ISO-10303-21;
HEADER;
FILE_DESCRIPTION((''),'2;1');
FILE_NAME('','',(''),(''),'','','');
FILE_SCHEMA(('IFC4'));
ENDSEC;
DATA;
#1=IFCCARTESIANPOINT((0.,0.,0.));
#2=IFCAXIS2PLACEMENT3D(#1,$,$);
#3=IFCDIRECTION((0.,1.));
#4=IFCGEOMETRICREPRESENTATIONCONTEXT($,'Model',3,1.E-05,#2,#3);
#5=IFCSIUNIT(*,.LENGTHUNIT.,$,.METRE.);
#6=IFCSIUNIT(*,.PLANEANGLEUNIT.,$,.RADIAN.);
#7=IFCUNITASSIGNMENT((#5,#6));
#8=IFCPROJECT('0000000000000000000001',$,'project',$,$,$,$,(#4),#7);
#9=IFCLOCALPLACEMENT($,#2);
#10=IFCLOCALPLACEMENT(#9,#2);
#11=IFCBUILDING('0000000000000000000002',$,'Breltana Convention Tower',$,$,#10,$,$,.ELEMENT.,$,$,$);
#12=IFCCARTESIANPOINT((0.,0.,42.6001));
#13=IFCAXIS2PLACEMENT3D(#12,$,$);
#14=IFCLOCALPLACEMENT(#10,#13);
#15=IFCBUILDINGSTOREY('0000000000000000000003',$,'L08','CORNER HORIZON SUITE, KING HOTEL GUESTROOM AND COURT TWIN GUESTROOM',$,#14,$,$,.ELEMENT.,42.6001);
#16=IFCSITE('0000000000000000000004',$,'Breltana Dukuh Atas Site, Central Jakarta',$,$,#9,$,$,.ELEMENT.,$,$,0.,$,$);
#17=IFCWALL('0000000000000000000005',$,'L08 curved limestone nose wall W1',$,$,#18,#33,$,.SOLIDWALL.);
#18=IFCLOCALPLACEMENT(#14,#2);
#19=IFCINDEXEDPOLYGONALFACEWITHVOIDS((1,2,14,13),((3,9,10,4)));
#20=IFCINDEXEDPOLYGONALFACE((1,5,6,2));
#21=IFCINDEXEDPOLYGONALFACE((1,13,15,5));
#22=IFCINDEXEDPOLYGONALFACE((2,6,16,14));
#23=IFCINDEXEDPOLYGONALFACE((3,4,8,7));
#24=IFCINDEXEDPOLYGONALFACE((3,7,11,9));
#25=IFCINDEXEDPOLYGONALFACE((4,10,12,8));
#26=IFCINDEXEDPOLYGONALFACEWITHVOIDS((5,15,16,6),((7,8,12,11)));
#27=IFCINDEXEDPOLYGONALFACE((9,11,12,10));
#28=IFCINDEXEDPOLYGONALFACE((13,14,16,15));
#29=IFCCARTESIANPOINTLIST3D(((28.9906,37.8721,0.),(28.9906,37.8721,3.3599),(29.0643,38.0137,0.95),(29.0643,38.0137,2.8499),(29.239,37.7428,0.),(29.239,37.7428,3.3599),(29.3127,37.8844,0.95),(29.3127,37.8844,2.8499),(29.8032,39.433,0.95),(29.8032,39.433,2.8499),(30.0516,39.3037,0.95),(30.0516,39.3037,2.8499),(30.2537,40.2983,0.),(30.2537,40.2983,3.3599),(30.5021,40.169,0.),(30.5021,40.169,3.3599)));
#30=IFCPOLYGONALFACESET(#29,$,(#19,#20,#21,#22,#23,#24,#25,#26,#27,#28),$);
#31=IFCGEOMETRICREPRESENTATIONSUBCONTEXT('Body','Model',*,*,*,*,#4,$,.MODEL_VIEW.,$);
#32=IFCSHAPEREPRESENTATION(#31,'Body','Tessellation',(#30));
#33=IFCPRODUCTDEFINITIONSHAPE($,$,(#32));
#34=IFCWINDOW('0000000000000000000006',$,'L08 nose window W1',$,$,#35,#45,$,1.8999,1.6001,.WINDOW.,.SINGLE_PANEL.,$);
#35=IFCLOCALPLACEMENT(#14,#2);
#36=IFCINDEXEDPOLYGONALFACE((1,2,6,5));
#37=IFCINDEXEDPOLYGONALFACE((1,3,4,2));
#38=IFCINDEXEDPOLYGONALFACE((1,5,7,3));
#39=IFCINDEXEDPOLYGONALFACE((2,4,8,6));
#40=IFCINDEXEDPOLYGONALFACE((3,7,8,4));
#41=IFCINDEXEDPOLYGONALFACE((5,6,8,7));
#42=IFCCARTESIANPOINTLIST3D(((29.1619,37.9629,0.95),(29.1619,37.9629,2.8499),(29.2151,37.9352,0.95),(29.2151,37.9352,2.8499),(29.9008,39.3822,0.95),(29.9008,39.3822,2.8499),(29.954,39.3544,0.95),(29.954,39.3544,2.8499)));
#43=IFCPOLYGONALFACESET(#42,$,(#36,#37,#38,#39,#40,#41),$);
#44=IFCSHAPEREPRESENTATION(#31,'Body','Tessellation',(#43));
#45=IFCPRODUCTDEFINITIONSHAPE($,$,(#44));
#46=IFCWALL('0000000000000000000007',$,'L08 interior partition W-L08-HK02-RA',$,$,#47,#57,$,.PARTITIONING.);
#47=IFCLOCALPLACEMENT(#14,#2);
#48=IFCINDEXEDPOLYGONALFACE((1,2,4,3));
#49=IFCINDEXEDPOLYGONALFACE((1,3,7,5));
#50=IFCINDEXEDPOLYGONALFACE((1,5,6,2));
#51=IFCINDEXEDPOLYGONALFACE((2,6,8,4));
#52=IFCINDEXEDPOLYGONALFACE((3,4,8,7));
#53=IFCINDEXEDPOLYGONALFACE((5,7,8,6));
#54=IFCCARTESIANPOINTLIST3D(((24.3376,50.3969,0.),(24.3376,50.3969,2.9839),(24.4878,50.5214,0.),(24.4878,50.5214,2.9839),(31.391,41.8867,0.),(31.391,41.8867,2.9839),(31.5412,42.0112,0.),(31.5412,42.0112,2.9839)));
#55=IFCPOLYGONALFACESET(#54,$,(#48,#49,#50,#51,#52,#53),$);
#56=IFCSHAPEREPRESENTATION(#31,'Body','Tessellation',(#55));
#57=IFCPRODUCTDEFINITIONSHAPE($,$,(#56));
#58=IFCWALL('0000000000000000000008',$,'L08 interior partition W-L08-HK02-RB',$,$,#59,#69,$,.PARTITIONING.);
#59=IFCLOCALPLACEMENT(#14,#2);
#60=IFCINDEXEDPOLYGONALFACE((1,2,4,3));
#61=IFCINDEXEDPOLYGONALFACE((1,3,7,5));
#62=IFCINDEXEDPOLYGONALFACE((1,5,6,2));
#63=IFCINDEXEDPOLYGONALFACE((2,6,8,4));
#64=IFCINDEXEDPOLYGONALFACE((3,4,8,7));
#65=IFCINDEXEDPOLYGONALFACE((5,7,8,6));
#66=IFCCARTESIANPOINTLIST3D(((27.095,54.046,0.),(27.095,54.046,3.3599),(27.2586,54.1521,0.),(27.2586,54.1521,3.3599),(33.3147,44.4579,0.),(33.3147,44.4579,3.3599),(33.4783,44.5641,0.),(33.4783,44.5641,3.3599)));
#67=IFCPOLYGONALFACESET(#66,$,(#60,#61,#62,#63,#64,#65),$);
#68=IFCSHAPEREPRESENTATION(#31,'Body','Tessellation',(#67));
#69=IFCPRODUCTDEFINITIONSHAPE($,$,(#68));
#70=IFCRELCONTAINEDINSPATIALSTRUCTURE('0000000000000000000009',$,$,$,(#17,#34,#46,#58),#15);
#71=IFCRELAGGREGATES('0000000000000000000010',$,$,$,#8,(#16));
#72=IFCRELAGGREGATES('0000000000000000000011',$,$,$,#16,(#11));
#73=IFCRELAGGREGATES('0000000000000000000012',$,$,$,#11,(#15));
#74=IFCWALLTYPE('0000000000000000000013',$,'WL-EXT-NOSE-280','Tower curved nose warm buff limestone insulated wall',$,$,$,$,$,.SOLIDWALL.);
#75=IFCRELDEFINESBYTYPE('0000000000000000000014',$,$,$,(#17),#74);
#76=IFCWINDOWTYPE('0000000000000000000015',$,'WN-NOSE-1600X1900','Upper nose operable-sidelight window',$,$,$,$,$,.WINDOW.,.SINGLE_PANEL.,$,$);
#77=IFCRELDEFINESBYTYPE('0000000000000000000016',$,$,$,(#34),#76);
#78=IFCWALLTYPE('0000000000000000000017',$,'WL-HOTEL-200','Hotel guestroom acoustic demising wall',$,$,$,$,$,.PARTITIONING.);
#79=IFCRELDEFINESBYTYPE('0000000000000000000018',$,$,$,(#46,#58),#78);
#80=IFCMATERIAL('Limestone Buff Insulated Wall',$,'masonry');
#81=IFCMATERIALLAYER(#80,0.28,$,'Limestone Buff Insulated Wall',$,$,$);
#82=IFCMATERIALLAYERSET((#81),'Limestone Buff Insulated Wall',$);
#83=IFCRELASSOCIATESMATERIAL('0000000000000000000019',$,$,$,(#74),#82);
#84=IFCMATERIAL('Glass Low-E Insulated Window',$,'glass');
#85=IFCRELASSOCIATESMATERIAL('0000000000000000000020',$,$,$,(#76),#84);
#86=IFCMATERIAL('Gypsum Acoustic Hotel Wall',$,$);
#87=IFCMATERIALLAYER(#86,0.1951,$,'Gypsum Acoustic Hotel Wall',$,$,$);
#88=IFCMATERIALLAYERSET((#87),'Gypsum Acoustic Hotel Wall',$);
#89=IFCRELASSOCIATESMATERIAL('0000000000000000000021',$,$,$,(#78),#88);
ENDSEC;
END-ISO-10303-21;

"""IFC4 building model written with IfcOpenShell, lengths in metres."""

from ifc_helpers import new_model, si_unit, direction, frame, frame_2d, origin, place, context, subcontext, project, spatial, rectangle, extrude, source, transform, mapped, material, layer, layer_set, type_object, type_shapes, element, fill, save


model = new_model("IFC4")

# Units and contexts
model_context = context("Model", 3, precision=1e-05, world=origin(), true_north=direction((0.0, 1.0)))
body_context = subcontext(model_context, "Body", "Model", "MODEL_VIEW")
ifc_project = project(units=[si_unit("LENGTHUNIT", "METRE"), si_unit("PLANEANGLEUNIT", "RADIAN")], contexts=[model_context])

# Site, building, storey
site_placement = place(None, origin())
site = spatial("IfcSite", under=ifc_project, at=site_placement, Name="Breltana Dukuh Atas Site, Central Jakarta", CompositionType="ELEMENT", RefElevation=0.0)
building_placement = place(site_placement, origin())
building = spatial("IfcBuilding", under=site, at=building_placement, Name="Breltana Convention Tower", CompositionType="ELEMENT")
storey_placement = place(building_placement, frame((0.0, 0.0, 42.6001)))
storey = spatial("IfcBuildingStorey", under=building, at=storey_placement, Name="L08", Description="CORNER HORIZON SUITE, KING HOTEL GUESTROOM AND COURT TWIN GUESTROOM", CompositionType="ELEMENT", Elevation=42.6001)

# Wall, opening, window
ifc_material_1 = material(Name="Limestone Buff Insulated Wall", Category="masonry")
ifc_layer_1 = layer(ifc_material_1, 0.28, Name="Limestone Buff Insulated Wall")
ifc_layer_set_1 = layer_set([ifc_layer_1], Name="Limestone Buff Insulated Wall")
wall_type_1 = type_object("IfcWallType", Name="WL-EXT-NOSE-280", Description="Tower curved nose warm buff limestone insulated wall", PredefinedType="SOLIDWALL", material=ifc_layer_set_1)
ifc_material_2 = material(Name="Glass Low-E Insulated Window", Category="glass")
window_type = type_object("IfcWindowType", Name="WN-NOSE-1600X1900", Description="Upper nose operable-sidelight window", PartitioningType="SINGLE_PANEL", PredefinedType="WINDOW", material=ifc_material_2)
shared_shape_1 = source(origin(), body_context, "Body", "SweptSolid", [
    extrude(rectangle(XDim=1.6001, YDim=1.8999, at=frame_2d((0.8, 0.95))), frame((0.0, 0.03, 0.0), z_axis=(0.0, -1.0, 0.0), x_axis=(1.0, 0.0, 0.0)), (0.0, 0.0, 1.0), 0.0601),
])
type_shapes(window_type, [shared_shape_1])
shared_shape_2 = source(origin(), body_context, "Body", "SweptSolid", [
    extrude(rectangle(XDim=2.7354, YDim=0.28, at=frame_2d((1.3677, 0.0))), origin(), (0.0, 0.0, 1.0), 3.3599),
])
wall_1_placement = place(storey_placement, frame((30.3779, 40.2336, 0.0), z_axis=(0.0, 0.0, 1.0), x_axis=(-0.461791, -0.886989, 0.0)))
wall_1 = element("IfcWall", 1, at=wall_1_placement, inside=storey, type_object=wall_type_1, Name="L08 curved limestone nose wall W1", PredefinedType="SOLIDWALL", context=body_context, shape_type="MappedRepresentation", body=[
    mapped(shared_shape_2, transform((0.0, 0.0, 0.0), scale=1.0)),
])
opening_1_placement = place(wall_1_placement, frame((0.9756, 0.0, 0.95)))
opening_1 = element("IfcOpeningElement", 2, at=opening_1_placement, cuts=wall_1, PredefinedType="OPENING", context=body_context, shape_type="SweptSolid", body=[
    extrude(rectangle(XDim=1.6001, YDim=1.8999, at=frame_2d((0.8, 0.95))), frame((0.0, 0.1499, 0.0), z_axis=(0.0, -1.0, 0.0), x_axis=(1.0, 0.0, 0.0)), (0.0, 0.0, 1.0), 0.3),
])
window_1_placement = place(opening_1_placement, origin())
window_1 = element("IfcWindow", 3, at=window_1_placement, inside=storey, type_object=window_type, Name="L08 nose window W1", OverallHeight=1.8999, OverallWidth=1.6001, PartitioningType="SINGLE_PANEL", PredefinedType="WINDOW", context=body_context, shape_type="MappedRepresentation", body=[
    mapped(shared_shape_1, transform((0.0, 0.0, 0.0), scale=1.0)),
])
fill(opening_1, window_1)

# Walls
ifc_material_3 = material(Name="Gypsum Acoustic Hotel Wall")
ifc_layer_2 = layer(ifc_material_3, 0.1951, Name="Gypsum Acoustic Hotel Wall")
ifc_layer_set_2 = layer_set([ifc_layer_2], Name="Gypsum Acoustic Hotel Wall")
wall_type_2 = type_object("IfcWallType", Name="WL-HOTEL-200", Description="Hotel guestroom acoustic demising wall", PredefinedType="PARTITIONING", material=ifc_layer_set_2)
shared_shape_3 = source(origin(), body_context, "Body", "SweptSolid", [
    extrude(rectangle(XDim=11.0532, YDim=0.1951, at=frame_2d((5.5266, 0.0))), origin(), (0.0, 0.0, 1.0), 2.9839),
])
wall_2_placement = place(storey_placement, frame((31.4661, 41.949, 0.0), z_axis=(0.0, 0.0, 1.0), x_axis=(-0.638131, 0.769928, 0.0)))
element("IfcWall", 4, at=wall_2_placement, inside=storey, type_object=wall_type_2, Name="L08 interior partition W-L08-HK02-RA", PredefinedType="PARTITIONING", context=body_context, shape_type="MappedRepresentation", body=[
    mapped(shared_shape_3, transform((0.0, 0.0, 0.0), scale=1.0)),
])
shared_shape_4 = source(origin(), body_context, "Body", "SweptSolid", [
    extrude(rectangle(XDim=11.4287, YDim=0.1951, at=frame_2d((5.7144, 0.0))), origin(), (0.0, 0.0, 1.0), 3.3599),
])
wall_3_placement = place(storey_placement, frame((33.3965, 44.511, 0.0), z_axis=(0.0, 0.0, 1.0), x_axis=(-0.544215, 0.838945, 0.0)))
element("IfcWall", 5, at=wall_3_placement, inside=storey, type_object=wall_type_2, Name="L08 interior partition W-L08-HK02-RB", PredefinedType="PARTITIONING", context=body_context, shape_type="MappedRepresentation", body=[
    mapped(shared_shape_4, transform((0.0, 0.0, 0.0), scale=1.0)),
])

save(model, "model.ifc")
